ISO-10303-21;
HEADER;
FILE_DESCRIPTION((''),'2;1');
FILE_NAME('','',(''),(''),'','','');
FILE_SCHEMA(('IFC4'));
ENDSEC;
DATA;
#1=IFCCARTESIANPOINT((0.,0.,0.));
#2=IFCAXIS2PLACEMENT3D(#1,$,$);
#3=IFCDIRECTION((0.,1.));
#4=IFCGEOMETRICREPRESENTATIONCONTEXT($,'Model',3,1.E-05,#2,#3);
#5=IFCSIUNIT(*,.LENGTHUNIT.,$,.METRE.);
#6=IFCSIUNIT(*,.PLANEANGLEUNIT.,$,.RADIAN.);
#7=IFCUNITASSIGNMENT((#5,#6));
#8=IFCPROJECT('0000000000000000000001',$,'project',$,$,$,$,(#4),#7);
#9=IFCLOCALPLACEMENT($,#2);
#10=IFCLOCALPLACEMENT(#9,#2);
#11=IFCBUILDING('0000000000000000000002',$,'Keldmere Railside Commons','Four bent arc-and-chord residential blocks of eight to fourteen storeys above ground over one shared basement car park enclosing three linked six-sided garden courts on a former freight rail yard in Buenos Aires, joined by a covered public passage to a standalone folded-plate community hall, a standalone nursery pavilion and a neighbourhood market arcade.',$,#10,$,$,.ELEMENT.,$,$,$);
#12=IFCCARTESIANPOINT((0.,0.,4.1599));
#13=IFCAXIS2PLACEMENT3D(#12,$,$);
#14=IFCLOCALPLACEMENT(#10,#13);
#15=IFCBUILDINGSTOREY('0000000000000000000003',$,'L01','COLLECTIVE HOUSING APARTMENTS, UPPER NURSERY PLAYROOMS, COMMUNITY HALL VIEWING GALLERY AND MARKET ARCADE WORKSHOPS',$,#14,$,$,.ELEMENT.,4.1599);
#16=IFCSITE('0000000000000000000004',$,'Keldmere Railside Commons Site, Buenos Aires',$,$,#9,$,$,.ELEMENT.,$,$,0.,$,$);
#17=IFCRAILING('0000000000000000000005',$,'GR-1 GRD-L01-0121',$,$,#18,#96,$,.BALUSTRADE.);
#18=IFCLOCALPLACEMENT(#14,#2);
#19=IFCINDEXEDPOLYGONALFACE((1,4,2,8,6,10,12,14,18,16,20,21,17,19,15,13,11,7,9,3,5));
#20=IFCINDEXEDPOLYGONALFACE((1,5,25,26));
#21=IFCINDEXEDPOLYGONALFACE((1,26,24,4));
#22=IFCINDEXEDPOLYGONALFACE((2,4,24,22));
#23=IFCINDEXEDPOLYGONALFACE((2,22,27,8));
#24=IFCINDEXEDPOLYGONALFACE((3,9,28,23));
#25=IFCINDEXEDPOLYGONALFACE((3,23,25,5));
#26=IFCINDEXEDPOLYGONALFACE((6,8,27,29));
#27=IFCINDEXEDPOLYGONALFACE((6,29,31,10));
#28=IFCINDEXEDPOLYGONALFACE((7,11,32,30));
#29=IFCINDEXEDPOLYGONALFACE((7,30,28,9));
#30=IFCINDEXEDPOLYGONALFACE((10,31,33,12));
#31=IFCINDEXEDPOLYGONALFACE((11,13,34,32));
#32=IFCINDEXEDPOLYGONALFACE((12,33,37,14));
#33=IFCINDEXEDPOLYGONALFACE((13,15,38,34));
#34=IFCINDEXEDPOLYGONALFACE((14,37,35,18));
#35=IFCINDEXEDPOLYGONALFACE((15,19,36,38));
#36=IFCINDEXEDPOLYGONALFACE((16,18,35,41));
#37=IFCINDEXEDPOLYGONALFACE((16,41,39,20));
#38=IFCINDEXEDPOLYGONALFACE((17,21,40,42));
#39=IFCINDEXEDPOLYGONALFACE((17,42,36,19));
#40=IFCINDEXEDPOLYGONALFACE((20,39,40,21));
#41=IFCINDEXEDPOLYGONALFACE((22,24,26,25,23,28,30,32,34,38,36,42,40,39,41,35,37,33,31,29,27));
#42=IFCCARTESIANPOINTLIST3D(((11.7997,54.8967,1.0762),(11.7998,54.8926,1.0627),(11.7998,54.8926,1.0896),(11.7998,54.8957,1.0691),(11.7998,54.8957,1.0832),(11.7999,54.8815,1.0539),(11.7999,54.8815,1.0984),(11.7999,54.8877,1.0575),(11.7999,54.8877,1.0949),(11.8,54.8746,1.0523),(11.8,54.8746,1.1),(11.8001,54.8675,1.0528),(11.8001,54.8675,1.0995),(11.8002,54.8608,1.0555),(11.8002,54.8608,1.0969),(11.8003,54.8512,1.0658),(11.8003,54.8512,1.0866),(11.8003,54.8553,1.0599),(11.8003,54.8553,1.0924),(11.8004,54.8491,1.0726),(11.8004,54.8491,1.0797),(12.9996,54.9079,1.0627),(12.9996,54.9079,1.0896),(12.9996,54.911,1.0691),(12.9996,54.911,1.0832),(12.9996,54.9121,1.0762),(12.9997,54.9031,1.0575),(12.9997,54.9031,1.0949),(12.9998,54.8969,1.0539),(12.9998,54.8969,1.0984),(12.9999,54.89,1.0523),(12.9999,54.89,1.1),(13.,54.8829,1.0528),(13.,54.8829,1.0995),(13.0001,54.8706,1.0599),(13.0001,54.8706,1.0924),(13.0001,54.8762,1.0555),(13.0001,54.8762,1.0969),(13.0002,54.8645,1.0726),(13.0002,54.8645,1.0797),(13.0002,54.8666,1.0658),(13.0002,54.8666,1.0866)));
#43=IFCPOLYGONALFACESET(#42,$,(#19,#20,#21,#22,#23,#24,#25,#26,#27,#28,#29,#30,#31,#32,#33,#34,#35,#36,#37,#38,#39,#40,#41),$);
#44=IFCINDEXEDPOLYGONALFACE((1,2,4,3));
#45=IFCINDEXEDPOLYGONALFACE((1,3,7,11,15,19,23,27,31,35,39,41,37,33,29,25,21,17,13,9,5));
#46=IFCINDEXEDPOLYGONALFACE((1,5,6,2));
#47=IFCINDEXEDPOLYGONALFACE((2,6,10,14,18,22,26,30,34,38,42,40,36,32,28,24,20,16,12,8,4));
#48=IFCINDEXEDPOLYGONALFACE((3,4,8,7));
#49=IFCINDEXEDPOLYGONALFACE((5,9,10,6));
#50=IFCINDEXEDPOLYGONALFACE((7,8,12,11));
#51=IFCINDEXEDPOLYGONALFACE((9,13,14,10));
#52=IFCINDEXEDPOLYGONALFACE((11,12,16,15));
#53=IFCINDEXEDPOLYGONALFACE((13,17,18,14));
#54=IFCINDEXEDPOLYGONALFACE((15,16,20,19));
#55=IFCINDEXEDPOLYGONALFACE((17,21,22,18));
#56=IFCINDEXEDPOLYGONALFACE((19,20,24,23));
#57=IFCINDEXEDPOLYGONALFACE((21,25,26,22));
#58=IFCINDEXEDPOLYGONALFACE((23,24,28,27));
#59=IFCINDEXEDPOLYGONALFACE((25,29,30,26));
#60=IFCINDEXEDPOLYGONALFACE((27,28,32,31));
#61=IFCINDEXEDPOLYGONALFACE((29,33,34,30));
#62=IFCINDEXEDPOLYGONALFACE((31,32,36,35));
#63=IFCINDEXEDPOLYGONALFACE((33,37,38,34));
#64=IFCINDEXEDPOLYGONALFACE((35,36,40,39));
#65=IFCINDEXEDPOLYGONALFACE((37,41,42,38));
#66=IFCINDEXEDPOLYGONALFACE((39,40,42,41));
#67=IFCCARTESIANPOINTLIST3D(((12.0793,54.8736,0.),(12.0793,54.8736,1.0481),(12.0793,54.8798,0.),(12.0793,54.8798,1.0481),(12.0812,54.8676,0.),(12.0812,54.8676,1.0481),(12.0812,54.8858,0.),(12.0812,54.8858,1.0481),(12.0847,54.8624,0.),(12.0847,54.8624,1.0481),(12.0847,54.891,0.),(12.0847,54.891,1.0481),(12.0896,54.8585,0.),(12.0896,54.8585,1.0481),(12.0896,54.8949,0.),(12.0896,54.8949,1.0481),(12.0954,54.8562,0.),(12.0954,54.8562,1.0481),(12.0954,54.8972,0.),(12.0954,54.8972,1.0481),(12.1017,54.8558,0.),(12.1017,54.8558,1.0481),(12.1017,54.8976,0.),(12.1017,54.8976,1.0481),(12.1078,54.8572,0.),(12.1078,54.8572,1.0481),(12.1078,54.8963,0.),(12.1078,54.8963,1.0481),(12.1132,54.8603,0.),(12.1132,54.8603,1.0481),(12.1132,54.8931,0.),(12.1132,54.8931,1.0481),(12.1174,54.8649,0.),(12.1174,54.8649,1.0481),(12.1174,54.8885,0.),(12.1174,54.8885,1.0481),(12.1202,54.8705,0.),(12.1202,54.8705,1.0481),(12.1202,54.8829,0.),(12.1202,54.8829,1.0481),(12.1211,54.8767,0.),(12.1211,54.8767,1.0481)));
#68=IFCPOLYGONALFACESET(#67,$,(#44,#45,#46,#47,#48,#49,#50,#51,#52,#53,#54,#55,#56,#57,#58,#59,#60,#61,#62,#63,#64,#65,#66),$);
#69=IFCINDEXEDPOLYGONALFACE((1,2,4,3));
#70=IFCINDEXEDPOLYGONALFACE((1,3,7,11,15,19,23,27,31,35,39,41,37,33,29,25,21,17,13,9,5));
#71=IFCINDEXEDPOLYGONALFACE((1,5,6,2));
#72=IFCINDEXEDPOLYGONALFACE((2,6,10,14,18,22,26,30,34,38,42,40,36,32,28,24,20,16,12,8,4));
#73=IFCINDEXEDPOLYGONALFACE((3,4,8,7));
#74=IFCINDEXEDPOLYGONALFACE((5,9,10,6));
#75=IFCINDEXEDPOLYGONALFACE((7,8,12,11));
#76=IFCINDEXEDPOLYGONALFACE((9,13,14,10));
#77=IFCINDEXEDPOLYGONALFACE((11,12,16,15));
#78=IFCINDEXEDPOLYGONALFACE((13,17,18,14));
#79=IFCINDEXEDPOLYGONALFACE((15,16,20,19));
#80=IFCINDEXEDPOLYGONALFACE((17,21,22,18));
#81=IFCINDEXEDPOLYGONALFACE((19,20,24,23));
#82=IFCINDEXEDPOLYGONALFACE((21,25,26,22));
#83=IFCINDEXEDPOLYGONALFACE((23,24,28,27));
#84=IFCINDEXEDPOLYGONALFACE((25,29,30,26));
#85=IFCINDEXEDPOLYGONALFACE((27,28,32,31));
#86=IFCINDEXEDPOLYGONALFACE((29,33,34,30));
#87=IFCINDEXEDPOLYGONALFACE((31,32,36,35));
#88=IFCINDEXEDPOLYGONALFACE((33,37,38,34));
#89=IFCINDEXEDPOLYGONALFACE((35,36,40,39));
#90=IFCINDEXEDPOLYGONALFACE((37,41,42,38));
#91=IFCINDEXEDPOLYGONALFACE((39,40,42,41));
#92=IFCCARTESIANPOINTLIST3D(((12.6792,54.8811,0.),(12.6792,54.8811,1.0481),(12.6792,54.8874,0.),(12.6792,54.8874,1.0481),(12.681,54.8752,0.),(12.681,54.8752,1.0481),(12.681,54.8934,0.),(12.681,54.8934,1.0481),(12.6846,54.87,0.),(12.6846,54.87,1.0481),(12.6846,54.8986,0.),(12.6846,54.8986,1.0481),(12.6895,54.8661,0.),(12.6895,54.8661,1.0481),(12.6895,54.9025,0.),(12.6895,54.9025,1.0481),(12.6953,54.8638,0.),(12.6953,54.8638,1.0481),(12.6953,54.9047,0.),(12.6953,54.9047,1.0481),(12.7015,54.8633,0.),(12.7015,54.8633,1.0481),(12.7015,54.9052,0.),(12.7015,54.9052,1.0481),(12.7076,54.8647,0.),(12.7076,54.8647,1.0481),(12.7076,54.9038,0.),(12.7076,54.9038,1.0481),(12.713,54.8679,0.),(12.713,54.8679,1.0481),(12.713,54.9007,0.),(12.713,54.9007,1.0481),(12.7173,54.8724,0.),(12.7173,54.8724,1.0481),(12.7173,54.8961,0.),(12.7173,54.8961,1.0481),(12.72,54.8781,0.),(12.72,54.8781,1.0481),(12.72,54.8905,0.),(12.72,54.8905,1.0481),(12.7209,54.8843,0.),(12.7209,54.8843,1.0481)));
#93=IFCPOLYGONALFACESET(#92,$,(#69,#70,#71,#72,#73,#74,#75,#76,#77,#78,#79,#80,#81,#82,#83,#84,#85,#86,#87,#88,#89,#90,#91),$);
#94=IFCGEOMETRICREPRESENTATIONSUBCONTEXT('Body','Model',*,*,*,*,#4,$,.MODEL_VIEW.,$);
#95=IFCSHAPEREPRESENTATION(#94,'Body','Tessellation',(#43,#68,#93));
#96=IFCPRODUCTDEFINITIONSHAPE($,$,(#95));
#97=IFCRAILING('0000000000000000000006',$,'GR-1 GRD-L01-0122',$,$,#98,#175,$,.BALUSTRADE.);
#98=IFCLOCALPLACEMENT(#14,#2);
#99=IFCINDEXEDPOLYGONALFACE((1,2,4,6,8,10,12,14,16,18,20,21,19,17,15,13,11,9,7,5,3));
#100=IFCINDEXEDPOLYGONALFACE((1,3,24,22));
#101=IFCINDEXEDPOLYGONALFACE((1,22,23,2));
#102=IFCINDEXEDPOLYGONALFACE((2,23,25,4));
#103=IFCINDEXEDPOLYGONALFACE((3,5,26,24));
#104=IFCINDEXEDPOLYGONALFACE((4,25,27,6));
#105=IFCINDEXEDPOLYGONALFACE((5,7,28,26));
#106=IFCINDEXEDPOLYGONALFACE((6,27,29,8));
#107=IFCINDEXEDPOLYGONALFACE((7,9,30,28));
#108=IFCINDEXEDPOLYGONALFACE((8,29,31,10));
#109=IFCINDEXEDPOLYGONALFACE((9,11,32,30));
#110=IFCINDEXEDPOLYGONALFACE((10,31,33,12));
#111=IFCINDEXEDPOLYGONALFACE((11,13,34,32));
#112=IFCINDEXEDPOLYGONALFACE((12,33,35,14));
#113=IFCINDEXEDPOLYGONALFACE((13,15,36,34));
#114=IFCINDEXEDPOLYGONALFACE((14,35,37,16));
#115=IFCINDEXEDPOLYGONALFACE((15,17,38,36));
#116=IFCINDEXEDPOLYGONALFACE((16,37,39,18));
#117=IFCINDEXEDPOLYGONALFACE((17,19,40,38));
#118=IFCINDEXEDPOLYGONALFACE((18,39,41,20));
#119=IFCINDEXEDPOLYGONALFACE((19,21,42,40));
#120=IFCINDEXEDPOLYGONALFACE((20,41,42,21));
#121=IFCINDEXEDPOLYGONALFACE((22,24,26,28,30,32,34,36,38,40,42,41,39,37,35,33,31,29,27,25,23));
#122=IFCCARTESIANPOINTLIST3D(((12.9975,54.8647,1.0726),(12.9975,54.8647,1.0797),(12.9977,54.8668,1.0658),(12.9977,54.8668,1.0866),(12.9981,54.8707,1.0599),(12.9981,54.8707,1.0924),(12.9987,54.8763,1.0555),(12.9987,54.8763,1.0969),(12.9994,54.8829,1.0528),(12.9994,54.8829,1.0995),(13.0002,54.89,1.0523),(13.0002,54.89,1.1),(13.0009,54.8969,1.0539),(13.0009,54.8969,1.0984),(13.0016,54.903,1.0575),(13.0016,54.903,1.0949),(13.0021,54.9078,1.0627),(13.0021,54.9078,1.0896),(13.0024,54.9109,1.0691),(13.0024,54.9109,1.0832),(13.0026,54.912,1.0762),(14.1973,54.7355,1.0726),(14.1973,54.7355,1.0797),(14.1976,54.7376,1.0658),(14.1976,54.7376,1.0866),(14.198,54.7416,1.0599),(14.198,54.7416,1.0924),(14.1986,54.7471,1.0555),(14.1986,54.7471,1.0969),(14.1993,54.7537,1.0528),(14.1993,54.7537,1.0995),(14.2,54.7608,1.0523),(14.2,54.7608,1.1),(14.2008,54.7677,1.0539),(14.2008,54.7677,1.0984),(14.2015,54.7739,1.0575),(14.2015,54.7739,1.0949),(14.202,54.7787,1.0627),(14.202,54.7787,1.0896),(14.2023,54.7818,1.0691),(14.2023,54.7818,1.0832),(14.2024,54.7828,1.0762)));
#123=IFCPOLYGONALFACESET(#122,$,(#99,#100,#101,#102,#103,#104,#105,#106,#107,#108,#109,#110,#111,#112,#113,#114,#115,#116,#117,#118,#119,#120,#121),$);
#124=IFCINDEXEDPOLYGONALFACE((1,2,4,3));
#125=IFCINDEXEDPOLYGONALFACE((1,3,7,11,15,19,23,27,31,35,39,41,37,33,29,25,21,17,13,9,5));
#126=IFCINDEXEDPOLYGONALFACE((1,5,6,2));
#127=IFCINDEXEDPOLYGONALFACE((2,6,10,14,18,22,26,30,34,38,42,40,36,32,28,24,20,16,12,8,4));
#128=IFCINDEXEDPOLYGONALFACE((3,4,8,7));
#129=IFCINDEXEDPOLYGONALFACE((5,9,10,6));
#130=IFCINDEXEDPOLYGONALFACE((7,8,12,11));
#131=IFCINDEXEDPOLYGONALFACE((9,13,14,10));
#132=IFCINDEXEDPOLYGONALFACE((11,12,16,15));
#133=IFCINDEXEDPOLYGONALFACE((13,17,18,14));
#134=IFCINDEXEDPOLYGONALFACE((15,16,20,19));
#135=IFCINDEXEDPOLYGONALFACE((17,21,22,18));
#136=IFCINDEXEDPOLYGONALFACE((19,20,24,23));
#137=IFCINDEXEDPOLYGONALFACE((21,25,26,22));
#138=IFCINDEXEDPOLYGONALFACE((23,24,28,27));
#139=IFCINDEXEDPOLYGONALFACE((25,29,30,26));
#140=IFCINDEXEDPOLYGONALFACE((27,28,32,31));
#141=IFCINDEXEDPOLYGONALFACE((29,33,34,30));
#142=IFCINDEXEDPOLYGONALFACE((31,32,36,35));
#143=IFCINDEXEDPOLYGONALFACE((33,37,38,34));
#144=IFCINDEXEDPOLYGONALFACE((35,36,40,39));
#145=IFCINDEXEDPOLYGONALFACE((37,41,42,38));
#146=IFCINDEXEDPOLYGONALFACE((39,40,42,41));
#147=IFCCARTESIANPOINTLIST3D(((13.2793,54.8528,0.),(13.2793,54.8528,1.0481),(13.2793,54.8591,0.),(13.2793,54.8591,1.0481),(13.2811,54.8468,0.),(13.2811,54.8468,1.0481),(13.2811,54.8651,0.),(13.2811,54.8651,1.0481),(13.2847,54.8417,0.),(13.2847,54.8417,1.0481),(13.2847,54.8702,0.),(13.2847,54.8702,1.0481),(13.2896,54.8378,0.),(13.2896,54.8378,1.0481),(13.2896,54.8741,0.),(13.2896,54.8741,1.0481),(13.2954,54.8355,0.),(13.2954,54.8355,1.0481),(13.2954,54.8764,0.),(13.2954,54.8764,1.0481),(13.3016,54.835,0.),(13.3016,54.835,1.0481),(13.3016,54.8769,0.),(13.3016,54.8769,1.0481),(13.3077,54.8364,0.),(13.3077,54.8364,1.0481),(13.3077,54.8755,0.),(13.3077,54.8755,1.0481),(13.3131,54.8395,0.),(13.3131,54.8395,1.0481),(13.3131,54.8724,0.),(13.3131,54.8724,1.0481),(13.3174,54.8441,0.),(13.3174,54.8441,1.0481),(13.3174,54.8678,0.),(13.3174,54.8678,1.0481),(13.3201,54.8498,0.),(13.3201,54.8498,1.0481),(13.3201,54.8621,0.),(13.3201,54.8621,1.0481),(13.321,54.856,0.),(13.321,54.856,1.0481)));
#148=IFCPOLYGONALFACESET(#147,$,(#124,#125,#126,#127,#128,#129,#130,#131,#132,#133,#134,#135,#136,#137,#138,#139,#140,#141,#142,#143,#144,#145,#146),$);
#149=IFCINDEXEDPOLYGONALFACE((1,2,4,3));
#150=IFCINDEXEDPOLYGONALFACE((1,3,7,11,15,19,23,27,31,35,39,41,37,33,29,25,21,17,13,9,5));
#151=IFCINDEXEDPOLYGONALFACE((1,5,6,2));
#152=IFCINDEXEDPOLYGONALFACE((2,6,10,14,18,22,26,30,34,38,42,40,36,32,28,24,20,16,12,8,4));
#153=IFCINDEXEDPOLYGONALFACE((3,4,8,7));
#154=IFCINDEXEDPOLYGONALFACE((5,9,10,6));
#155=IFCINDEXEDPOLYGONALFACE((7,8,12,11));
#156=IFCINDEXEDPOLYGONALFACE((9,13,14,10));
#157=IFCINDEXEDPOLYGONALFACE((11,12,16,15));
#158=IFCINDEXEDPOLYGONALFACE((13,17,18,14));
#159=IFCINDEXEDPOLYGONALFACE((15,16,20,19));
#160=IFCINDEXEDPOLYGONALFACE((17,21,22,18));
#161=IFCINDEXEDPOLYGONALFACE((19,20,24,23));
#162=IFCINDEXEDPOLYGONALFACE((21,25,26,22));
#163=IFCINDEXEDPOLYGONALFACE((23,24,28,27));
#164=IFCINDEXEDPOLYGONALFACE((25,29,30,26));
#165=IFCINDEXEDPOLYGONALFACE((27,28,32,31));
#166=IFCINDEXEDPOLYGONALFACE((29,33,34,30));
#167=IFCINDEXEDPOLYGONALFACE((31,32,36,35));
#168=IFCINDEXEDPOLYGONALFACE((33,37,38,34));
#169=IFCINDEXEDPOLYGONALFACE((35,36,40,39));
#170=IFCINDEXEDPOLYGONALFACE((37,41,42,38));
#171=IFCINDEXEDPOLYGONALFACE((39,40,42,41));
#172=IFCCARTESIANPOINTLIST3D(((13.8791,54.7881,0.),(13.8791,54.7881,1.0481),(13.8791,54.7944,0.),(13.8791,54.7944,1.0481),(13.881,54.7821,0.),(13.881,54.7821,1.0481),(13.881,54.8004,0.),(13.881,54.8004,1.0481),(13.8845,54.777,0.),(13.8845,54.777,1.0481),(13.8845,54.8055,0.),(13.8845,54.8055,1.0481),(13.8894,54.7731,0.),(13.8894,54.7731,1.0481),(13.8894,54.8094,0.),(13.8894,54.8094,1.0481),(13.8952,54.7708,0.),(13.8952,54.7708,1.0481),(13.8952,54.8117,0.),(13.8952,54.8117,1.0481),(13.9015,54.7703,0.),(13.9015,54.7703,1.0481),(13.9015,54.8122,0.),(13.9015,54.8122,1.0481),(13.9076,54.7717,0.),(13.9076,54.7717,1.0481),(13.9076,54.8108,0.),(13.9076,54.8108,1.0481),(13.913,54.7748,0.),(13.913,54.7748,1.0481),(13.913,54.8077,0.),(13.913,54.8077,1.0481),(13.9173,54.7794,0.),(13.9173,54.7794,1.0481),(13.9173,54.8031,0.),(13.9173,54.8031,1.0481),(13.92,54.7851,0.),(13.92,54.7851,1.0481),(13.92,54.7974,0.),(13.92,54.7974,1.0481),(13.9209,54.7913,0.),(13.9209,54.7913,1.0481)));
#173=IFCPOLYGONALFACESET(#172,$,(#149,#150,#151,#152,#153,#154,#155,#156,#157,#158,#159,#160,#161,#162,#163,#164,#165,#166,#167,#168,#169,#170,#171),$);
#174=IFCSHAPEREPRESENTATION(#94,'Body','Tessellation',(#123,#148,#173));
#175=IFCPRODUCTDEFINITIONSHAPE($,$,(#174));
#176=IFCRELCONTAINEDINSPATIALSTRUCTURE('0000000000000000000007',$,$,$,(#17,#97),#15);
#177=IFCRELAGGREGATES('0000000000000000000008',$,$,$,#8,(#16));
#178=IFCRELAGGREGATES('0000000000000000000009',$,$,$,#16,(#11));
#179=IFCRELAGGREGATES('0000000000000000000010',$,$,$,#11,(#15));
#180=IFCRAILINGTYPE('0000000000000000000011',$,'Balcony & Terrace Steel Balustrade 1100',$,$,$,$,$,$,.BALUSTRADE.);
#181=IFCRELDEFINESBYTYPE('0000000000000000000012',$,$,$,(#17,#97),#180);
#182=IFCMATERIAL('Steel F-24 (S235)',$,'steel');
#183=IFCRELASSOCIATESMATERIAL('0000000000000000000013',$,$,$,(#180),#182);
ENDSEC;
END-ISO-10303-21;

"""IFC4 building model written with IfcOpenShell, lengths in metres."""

from ifc_helpers import new_model, si_unit, direction, frame, origin, origin_2d, place, context, subcontext, project, spatial, circle, extrude, material, type_object, element, save


model = new_model("IFC4")

# Units and contexts
model_context = context("Model", 3, precision=1e-05, world=origin(), true_north=direction((0.0, 1.0)))
body_context = subcontext(model_context, "Body", "Model", "MODEL_VIEW")
ifc_project = project(units=[si_unit("LENGTHUNIT", "METRE"), si_unit("PLANEANGLEUNIT", "RADIAN")], contexts=[model_context])

# Site, building, storey
site_placement = place(None, origin())
site = spatial("IfcSite", under=ifc_project, at=site_placement, Name="Keldmere Railside Commons Site, Buenos Aires", CompositionType="ELEMENT", RefElevation=0.0)
building_placement = place(site_placement, origin())
building = spatial("IfcBuilding", under=site, at=building_placement, Name="Keldmere Railside Commons", Description="Four bent arc-and-chord residential blocks of eight to fourteen storeys above ground over one shared basement car park enclosing three linked six-sided garden courts on a former freight rail yard in Buenos Aires, joined by a covered public passage to a standalone folded-plate community hall, a standalone nursery pavilion and a neighbourhood market arcade.", CompositionType="ELEMENT")
storey_placement = place(building_placement, frame((0.0, 0.0, 4.1599)))
storey = spatial("IfcBuildingStorey", under=building, at=storey_placement, Name="L01", Description="COLLECTIVE HOUSING APARTMENTS, UPPER NURSERY PLAYROOMS, COMMUNITY HALL VIEWING GALLERY AND MARKET ARCADE WORKSHOPS", CompositionType="ELEMENT", Elevation=4.1599)

# Shared definitions
ifc_material_1 = material(Name="Steel F-24 (S235)", Category="steel")

# Railings
railing_type = type_object("IfcRailingType", Name="Balcony & Terrace Steel Balustrade 1100", PredefinedType="BALUSTRADE", material=ifc_material_1)
railing_1_placement = place(storey_placement, frame((11.8, 54.8728, 0.0)))
element("IfcRailing", 1, at=railing_1_placement, inside=storey, type_object=railing_type, Name="GR-1 GRD-L01-0121", PredefinedType="BALUSTRADE", context=body_context, shape_type="SweptSolid", body=[
    extrude(circle(Radius=0.0239, at=origin_2d()), frame((0.0, 0.0, 1.0762), z_axis=(0.999918, 0.012817, 0.0), x_axis=(-0.012817, 0.999918, 0.0)), (0.0, 0.0, 1.0), 1.2),
    extrude(circle(Radius=0.021, at=origin_2d()), frame((0.3, 0.0039, 0.0)), (0.0, 0.0, 1.0), 1.0481),
    extrude(circle(Radius=0.021, at=origin_2d()), frame((0.8999, 0.0115, 0.0)), (0.0, 0.0, 1.0), 1.0481),
])
railing_2_placement = place(storey_placement, frame((13.0, 54.8882, 0.0)))
element("IfcRailing", 2, at=railing_2_placement, inside=storey, type_object=railing_type, Name="GR-1 GRD-L01-0122", PredefinedType="BALUSTRADE", context=body_context, shape_type="SweptSolid", body=[
    extrude(circle(Radius=0.0239, at=origin_2d()), frame((0.0, 0.0, 1.0762), z_axis=(0.994258, -0.107012, 0.0), x_axis=(0.107012, 0.994258, 0.0)), (0.0, 0.0, 1.0), 1.2068),
    extrude(circle(Radius=0.021, at=origin_2d()), frame((0.3, -0.0322, 0.0)), (0.0, 0.0, 1.0), 1.0481),
    extrude(circle(Radius=0.021, at=origin_2d()), frame((0.8999, -0.0969, 0.0)), (0.0, 0.0, 1.0), 1.0481),
])

save(model, "model.ifc")
